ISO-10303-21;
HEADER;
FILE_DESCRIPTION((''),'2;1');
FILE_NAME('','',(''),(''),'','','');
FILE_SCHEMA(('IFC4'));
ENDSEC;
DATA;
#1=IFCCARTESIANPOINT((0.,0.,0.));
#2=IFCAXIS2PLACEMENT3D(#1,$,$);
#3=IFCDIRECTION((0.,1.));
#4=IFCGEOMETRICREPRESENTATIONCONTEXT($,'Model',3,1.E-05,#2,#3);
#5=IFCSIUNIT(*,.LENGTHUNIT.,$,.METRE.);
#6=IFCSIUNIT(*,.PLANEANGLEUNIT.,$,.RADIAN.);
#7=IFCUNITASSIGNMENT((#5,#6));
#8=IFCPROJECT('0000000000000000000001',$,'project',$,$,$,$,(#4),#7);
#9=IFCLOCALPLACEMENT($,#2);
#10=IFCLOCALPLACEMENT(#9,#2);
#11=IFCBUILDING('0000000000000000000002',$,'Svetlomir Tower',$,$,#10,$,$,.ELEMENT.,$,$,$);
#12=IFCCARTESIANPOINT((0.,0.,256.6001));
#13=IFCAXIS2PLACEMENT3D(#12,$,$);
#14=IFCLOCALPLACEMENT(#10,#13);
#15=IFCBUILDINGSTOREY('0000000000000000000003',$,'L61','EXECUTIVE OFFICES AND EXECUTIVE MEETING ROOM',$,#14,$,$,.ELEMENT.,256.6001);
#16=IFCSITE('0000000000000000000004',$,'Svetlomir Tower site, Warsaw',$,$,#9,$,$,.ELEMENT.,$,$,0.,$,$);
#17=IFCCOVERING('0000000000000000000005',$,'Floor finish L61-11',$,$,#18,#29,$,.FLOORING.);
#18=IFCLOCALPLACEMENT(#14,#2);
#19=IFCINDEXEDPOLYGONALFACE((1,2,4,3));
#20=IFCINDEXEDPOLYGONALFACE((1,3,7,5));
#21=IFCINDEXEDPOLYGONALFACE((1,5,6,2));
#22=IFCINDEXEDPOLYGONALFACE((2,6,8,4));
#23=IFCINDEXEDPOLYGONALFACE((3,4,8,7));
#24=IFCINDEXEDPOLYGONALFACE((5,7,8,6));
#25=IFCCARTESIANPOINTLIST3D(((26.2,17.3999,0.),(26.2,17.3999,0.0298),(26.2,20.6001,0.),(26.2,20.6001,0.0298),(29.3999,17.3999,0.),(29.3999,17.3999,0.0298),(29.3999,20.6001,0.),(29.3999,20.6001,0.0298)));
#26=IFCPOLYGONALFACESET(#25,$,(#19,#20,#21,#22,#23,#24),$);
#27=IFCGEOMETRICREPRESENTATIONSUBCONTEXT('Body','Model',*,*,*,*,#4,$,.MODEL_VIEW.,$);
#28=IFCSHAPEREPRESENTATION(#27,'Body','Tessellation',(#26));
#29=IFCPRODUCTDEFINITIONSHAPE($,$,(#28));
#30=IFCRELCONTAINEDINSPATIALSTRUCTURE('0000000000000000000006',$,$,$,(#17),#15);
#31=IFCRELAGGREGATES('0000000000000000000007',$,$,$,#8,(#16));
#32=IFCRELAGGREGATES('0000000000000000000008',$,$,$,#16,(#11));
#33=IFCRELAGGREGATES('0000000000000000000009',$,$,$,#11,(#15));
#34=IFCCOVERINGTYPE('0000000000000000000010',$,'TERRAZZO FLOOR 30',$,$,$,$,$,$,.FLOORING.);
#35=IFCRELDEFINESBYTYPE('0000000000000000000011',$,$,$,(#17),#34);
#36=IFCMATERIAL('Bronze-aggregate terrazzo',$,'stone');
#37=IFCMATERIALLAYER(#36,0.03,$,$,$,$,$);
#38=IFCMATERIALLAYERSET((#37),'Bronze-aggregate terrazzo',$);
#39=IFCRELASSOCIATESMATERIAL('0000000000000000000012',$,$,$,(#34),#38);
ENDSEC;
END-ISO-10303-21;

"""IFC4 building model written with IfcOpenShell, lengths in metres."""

from ifc_helpers import new_model, si_unit, direction, frame, origin, place, context, subcontext, project, spatial, polyline, outline, extrude, material, layer, layer_set, type_object, element, save


model = new_model("IFC4")

# Units and contexts
model_context = context("Model", 3, precision=1e-05, world=origin(), true_north=direction((0.0, 1.0)))
body_context = subcontext(model_context, "Body", "Model", "MODEL_VIEW")
ifc_project = project(units=[si_unit("LENGTHUNIT", "METRE"), si_unit("PLANEANGLEUNIT", "RADIAN")], contexts=[model_context])

# Site, building, storey
site_placement = place(None, origin())
site = spatial("IfcSite", under=ifc_project, at=site_placement, Name="Svetlomir Tower site, Warsaw", CompositionType="ELEMENT", RefElevation=0.0)
building_placement = place(site_placement, origin())
building = spatial("IfcBuilding", under=site, at=building_placement, Name="Svetlomir Tower", CompositionType="ELEMENT")
storey_placement = place(building_placement, frame((0.0, 0.0, 256.6001)))
storey = spatial("IfcBuildingStorey", under=building, at=storey_placement, Name="L61", Description="EXECUTIVE OFFICES AND EXECUTIVE MEETING ROOM", CompositionType="ELEMENT", Elevation=256.6001)

# Covering
ifc_material_1 = material(Name="Bronze-aggregate terrazzo", Category="stone")
ifc_layer_1 = layer(ifc_material_1, 0.03)
ifc_layer_set_1 = layer_set([ifc_layer_1], Name="Bronze-aggregate terrazzo")
covering_type_1 = type_object("IfcCoveringType", Name="TERRAZZO FLOOR 30", PredefinedType="FLOORING", material=ifc_layer_set_1)
covering_1_placement = place(storey_placement, origin())
element("IfcCovering", 1, at=covering_1_placement, inside=storey, type_object=covering_type_1, Name="Floor finish L61-11", PredefinedType="FLOORING", context=body_context, shape_type="SweptSolid", body=[
    extrude(outline(polyline([(26.2, 17.3999), (29.3999, 17.3999), (29.3999, 20.6001), (26.2, 20.6001), (26.2, 17.3999)])), origin(), (0.0, 0.0, 1.0), 0.0298),
])

save(model, "model.ifc")
